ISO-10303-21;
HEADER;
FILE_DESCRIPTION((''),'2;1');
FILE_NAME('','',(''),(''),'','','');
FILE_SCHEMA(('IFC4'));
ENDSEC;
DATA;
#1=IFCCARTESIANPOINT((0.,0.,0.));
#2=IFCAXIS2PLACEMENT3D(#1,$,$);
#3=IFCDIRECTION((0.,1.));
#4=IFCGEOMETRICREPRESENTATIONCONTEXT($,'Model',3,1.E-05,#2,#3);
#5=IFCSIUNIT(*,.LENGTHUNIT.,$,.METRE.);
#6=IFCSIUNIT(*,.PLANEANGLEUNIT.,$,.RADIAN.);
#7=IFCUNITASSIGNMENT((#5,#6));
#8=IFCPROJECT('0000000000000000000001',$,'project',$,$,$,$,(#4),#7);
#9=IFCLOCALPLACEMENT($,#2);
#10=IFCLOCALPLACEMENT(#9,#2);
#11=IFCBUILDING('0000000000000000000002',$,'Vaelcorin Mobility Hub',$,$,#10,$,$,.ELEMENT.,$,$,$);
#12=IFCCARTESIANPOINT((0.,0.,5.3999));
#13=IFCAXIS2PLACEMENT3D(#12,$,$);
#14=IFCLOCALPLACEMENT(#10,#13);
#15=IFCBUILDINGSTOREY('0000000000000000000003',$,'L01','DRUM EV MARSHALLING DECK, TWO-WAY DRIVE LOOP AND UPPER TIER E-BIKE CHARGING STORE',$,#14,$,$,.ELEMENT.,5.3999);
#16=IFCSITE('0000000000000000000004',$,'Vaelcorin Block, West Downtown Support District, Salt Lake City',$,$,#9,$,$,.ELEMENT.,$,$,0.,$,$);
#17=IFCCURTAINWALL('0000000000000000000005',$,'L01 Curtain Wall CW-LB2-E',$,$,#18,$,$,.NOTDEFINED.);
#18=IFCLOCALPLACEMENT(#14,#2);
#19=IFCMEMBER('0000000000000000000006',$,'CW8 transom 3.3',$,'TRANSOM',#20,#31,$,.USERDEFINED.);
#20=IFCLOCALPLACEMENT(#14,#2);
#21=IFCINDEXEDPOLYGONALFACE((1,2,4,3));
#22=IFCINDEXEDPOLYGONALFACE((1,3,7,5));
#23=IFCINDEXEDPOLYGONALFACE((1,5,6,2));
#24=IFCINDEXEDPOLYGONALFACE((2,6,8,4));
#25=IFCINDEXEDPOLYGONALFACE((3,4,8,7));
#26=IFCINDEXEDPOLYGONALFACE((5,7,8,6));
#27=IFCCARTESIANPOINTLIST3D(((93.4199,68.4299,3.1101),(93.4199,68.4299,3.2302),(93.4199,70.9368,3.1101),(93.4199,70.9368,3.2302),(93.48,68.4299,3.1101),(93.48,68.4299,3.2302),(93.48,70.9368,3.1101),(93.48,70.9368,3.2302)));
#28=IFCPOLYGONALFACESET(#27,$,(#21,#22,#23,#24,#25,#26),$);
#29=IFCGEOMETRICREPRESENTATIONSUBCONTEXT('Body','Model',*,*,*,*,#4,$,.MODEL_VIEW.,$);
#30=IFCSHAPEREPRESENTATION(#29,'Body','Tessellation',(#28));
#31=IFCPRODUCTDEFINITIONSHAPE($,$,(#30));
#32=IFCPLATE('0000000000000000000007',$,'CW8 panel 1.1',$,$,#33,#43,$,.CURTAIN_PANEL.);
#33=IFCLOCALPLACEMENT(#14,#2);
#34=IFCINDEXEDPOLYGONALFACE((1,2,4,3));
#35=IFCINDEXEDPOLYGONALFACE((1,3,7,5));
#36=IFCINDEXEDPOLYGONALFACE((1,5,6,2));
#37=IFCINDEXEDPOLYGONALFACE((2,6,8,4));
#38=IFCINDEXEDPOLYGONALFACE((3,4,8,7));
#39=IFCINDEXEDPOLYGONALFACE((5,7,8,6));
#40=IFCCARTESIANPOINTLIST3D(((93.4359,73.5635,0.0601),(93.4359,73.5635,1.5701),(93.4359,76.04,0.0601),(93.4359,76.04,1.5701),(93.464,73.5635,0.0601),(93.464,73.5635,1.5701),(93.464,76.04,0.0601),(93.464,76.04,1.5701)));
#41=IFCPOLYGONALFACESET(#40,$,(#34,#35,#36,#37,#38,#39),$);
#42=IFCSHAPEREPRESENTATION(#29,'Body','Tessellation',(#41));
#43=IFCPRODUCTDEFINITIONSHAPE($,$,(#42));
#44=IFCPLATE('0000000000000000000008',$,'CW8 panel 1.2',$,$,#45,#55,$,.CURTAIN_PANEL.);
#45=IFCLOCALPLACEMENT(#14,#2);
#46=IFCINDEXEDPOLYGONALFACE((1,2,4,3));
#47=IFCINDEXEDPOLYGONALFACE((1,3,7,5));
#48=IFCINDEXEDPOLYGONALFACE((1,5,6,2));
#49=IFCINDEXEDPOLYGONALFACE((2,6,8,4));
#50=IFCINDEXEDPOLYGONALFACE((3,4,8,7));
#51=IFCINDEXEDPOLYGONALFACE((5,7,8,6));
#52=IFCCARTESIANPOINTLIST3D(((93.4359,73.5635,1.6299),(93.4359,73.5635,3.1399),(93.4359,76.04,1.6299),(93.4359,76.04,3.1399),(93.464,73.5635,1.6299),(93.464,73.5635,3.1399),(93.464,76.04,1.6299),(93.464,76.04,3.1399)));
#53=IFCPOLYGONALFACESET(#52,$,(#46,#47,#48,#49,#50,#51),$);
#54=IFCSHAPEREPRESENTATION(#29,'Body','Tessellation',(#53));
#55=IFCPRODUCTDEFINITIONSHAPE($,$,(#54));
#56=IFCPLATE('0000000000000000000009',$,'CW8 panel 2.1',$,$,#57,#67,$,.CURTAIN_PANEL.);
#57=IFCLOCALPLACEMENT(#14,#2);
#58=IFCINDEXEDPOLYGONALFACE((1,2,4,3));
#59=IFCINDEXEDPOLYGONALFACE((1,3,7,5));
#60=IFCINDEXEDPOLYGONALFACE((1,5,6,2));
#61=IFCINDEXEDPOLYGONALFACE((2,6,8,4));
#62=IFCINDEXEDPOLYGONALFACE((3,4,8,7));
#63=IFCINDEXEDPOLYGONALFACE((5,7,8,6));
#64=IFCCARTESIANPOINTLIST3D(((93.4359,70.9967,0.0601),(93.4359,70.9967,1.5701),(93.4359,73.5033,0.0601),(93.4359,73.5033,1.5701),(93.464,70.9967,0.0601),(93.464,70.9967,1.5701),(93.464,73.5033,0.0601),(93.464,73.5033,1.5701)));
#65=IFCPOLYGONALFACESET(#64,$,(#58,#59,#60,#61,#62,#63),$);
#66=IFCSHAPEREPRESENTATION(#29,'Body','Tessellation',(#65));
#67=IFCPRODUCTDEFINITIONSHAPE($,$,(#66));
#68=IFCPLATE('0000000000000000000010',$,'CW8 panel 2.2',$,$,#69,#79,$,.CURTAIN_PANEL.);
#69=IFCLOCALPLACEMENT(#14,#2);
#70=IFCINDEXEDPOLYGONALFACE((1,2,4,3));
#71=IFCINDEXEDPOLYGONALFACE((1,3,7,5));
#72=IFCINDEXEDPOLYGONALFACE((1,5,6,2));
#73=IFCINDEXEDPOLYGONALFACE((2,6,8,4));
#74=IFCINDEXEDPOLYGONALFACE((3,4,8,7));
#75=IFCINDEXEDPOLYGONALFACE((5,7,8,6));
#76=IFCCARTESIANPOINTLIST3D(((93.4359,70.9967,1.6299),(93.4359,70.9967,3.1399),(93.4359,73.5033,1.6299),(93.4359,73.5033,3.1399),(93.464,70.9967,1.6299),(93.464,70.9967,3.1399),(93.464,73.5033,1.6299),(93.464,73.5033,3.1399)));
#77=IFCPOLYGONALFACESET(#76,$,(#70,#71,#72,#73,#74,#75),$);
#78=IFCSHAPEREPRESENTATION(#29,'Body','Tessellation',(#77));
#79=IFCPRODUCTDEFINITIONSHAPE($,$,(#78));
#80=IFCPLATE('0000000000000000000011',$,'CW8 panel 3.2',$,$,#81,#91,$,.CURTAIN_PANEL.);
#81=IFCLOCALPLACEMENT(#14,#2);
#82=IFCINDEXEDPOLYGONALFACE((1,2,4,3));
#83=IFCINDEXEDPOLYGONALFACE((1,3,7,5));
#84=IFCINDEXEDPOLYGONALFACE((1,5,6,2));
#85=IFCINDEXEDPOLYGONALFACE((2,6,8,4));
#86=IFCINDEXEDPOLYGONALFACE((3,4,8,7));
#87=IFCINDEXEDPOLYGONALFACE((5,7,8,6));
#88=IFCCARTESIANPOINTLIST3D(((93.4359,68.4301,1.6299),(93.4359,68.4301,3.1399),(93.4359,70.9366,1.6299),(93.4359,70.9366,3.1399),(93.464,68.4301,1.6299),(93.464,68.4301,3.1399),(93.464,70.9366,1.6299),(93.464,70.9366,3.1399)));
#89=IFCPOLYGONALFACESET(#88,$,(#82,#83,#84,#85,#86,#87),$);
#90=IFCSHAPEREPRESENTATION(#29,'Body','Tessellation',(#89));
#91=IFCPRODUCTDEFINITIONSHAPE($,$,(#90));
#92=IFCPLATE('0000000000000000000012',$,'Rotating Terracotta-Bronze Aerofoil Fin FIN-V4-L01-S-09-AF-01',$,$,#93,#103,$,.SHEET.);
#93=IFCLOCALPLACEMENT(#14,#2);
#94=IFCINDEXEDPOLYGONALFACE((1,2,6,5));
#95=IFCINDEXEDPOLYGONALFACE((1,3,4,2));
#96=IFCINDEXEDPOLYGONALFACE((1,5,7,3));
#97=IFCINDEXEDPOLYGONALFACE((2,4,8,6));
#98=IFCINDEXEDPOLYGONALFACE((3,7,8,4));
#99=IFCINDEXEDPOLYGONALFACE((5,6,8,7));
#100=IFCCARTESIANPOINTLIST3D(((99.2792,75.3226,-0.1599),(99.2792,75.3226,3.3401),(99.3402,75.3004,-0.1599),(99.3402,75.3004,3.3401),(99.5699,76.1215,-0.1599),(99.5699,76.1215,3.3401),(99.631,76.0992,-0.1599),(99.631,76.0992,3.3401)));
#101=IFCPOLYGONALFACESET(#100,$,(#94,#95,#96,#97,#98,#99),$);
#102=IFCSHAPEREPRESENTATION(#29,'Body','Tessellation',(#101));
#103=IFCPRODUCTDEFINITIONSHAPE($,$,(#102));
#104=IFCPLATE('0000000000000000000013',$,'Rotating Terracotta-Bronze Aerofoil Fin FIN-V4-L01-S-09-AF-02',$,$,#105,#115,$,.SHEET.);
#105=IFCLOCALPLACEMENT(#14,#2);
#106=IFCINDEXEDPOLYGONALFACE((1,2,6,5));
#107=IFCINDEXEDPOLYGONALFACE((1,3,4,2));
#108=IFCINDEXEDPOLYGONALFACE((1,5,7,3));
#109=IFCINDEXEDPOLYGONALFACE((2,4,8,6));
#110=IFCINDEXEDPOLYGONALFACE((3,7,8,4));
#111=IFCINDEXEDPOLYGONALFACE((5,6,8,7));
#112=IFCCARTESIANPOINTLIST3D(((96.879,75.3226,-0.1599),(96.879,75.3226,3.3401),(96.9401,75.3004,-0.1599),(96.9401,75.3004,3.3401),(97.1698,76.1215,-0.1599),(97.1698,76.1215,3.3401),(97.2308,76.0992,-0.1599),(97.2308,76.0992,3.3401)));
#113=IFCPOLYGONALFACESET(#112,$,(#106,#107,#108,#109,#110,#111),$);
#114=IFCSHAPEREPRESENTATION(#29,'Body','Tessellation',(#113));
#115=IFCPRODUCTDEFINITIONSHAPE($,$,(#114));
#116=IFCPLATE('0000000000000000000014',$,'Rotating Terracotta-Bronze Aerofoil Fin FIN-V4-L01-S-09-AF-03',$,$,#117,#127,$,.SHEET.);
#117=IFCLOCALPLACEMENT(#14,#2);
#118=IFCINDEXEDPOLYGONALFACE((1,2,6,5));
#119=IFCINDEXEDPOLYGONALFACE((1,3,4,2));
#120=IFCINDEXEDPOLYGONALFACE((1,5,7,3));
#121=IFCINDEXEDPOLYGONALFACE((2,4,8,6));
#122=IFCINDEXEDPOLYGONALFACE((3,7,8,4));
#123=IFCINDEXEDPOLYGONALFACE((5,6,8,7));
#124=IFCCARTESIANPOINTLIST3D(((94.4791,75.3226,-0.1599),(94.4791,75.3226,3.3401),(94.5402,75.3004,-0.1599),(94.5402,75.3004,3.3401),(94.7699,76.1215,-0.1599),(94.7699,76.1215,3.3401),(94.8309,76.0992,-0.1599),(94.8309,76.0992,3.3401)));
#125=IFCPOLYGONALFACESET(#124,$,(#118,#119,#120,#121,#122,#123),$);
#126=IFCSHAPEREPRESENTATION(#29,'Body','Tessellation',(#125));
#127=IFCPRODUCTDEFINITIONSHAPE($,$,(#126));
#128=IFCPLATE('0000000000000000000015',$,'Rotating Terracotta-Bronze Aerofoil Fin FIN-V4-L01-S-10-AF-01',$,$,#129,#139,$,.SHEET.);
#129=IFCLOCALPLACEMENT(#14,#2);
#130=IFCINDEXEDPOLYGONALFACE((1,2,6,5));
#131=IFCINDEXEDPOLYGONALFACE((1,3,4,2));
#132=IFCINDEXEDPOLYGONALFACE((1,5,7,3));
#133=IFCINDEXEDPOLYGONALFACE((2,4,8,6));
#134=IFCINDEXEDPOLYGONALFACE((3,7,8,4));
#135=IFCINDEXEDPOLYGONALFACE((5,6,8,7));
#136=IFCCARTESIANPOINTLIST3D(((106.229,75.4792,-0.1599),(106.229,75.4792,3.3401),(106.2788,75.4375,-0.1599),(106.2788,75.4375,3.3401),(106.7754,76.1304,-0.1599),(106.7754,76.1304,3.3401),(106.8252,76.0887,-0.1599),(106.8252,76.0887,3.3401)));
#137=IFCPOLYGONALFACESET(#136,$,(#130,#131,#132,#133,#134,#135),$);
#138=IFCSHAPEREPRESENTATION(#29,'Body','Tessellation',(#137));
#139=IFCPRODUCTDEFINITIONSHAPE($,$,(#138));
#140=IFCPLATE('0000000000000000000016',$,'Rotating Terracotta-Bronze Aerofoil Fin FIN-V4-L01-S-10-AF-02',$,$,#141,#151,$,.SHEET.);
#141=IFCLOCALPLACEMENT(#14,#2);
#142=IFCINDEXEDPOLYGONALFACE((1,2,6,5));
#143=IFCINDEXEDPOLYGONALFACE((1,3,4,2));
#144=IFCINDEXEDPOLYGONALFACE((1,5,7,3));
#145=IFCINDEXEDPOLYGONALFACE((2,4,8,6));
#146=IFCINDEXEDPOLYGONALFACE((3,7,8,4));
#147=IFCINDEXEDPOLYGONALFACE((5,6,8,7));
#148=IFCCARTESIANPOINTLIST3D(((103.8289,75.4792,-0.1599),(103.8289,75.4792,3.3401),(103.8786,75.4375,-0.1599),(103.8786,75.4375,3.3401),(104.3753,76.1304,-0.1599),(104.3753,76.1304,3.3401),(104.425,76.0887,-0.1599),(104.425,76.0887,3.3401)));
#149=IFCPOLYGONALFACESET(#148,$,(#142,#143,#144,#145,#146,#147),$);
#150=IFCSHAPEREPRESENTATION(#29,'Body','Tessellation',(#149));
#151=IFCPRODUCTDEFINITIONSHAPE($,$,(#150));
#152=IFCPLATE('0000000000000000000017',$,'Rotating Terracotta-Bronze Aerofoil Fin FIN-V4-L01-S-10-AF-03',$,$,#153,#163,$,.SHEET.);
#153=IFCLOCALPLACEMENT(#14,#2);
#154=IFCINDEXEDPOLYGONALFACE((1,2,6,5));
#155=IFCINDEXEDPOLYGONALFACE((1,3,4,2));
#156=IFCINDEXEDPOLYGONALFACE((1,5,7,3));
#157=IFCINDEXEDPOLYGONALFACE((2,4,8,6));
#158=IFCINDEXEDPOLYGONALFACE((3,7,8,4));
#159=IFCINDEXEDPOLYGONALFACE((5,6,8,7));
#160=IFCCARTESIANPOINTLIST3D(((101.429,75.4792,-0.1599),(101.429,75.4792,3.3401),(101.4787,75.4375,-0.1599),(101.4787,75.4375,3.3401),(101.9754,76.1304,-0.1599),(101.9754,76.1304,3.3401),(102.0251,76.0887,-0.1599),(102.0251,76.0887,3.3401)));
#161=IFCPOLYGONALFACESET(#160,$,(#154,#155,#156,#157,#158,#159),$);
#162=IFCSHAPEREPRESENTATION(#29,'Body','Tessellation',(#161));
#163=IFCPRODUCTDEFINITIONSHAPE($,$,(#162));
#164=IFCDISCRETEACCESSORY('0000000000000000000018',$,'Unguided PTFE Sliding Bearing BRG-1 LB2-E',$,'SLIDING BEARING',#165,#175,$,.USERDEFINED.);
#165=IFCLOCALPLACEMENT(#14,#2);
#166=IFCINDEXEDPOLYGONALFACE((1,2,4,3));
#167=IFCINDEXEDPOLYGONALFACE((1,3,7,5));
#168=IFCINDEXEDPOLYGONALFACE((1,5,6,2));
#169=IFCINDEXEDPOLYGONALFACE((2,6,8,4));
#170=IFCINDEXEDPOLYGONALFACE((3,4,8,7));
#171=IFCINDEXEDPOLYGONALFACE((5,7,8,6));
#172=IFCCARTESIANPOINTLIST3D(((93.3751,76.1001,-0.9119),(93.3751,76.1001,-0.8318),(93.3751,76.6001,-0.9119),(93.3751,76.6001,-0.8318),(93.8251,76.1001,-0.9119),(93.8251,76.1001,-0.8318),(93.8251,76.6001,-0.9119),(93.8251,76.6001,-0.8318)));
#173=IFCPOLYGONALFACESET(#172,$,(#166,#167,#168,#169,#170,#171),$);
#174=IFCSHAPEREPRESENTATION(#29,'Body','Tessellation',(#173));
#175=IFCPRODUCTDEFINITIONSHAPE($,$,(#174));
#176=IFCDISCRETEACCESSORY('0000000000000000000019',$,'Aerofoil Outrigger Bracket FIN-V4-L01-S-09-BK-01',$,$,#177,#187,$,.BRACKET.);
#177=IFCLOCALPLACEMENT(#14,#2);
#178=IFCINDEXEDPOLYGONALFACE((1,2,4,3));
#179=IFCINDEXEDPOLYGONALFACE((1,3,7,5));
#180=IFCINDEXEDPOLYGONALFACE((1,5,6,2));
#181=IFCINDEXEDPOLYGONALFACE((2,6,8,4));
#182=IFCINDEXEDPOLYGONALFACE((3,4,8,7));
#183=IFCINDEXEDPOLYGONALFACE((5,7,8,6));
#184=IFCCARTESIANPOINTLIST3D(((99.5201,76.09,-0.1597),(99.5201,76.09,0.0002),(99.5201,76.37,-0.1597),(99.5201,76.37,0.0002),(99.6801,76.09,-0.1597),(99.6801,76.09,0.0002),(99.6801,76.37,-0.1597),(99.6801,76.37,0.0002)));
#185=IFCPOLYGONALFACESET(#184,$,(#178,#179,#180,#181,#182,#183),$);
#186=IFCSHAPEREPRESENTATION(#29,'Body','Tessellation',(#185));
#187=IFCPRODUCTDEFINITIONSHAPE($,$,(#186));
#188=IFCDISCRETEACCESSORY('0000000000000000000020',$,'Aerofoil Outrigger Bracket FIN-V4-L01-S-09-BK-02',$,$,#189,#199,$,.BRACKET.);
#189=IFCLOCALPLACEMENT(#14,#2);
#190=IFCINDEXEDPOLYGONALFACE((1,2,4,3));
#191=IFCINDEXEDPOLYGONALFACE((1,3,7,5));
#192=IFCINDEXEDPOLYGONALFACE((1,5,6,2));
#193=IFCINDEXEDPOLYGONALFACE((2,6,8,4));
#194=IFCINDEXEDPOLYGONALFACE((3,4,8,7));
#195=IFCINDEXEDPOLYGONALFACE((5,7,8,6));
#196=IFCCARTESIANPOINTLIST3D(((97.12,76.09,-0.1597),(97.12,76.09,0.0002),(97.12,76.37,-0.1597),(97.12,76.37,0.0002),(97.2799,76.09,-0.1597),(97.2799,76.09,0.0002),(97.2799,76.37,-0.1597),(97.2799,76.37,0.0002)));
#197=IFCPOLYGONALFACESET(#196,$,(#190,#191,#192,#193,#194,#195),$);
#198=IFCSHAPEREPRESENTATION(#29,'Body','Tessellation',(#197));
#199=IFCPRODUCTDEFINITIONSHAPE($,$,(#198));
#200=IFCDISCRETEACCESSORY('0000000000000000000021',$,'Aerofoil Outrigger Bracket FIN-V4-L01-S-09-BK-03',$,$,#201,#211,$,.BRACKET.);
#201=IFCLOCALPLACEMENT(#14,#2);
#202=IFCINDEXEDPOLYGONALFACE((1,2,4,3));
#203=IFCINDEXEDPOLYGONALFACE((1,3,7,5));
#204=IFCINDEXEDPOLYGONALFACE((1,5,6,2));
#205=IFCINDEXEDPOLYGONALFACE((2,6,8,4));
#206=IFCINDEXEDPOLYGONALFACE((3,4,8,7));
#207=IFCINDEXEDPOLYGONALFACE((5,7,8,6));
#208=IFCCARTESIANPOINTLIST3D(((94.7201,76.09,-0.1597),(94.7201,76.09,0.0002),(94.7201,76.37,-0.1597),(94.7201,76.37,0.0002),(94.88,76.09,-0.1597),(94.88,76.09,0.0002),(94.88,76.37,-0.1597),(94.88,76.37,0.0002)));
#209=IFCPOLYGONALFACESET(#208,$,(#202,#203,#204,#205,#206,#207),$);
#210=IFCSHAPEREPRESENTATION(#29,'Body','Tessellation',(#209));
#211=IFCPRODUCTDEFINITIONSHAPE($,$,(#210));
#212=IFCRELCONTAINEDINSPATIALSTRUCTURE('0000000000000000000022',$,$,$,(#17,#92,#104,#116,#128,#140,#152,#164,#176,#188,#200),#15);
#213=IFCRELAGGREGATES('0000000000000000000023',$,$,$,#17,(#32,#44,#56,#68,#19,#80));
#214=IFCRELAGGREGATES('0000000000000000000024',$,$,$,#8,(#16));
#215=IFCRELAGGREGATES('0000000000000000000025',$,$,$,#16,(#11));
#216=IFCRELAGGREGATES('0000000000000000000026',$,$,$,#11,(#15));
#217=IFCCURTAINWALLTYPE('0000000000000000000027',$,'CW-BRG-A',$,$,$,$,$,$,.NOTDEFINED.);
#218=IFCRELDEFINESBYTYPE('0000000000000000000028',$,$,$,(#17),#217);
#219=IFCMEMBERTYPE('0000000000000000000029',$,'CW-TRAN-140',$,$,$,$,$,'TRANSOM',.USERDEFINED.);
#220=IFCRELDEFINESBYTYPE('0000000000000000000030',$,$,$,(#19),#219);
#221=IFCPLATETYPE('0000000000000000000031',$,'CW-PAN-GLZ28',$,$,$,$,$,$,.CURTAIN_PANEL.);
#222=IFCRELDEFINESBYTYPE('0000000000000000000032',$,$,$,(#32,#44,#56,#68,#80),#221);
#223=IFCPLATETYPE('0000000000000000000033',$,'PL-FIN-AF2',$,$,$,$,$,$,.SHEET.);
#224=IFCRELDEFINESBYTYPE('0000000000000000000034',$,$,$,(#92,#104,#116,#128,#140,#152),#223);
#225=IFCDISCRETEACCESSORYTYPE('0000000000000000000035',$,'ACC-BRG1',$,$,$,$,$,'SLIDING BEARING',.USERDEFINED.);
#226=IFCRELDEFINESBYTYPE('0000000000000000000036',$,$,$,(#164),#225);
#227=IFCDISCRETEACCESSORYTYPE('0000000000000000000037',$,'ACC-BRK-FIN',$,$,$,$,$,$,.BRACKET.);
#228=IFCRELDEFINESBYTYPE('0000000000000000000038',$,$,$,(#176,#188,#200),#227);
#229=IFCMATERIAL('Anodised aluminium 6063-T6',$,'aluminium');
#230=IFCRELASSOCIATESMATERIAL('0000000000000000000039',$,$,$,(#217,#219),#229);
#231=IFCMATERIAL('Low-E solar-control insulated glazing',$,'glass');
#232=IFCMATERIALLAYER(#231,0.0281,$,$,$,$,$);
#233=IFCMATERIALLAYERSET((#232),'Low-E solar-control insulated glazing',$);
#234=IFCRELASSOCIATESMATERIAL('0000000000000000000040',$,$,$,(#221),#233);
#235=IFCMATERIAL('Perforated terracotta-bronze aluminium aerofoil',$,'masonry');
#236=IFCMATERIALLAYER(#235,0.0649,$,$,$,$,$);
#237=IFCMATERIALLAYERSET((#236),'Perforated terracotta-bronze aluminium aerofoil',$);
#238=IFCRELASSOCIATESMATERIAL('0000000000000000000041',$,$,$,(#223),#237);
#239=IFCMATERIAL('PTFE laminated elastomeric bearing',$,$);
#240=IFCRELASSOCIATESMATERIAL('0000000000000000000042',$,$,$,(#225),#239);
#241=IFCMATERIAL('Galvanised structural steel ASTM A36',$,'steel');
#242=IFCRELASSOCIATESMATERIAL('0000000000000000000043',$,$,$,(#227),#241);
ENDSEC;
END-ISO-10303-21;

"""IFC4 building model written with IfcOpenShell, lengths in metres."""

from ifc_helpers import new_model, si_unit, direction, frame, origin, origin_2d, place, context, subcontext, project, spatial, rectangle, extrude, material, layer, layer_set, material_profile, profile_set, type_object, element, aggregate, save


model = new_model("IFC4")

# Units and contexts
model_context = context("Model", 3, precision=1e-05, world=origin(), true_north=direction((0.0, 1.0)))
body_context = subcontext(model_context, "Body", "Model", "MODEL_VIEW")
ifc_project = project(units=[si_unit("LENGTHUNIT", "METRE"), si_unit("PLANEANGLEUNIT", "RADIAN")], contexts=[model_context])

# Site, building, storey
site_placement = place(None, origin())
site = spatial("IfcSite", under=ifc_project, at=site_placement, Name="Vaelcorin Block, West Downtown Support District, Salt Lake City", CompositionType="ELEMENT", RefElevation=0.0)
building_placement = place(site_placement, origin())
building = spatial("IfcBuilding", under=site, at=building_placement, Name="Vaelcorin Mobility Hub", CompositionType="ELEMENT")
storey_placement = place(building_placement, frame((0.0, 0.0, 5.3999)))
storey = spatial("IfcBuildingStorey", under=building, at=storey_placement, Name="L01", Description="DRUM EV MARSHALLING DECK, TWO-WAY DRIVE LOOP AND UPPER TIER E-BIKE CHARGING STORE", CompositionType="ELEMENT", Elevation=5.3999)

# Curtain wall, member, plates
ifc_material_1 = material(Name="Anodised aluminium 6063-T6", Category="aluminium")
curtain_wall_type = type_object("IfcCurtainWallType", Name="CW-BRG-A", PredefinedType="NOTDEFINED", material=ifc_material_1)
curtain_wall_placement = place(storey_placement, origin())
curtain_wall = element("IfcCurtainWall", 1, at=curtain_wall_placement, inside=storey, type_object=curtain_wall_type, Name="L01 Curtain Wall CW-LB2-E", PredefinedType="NOTDEFINED")
ifc_material_profile_1 = material_profile(ifc_material_1, rectangle(XDim=0.0601, YDim=0.1201, at=origin_2d()), Name="ALU-T60X120")
ifc_profile_set_1 = profile_set([ifc_material_profile_1], Name="Anodised aluminium 6063-T6")
member_type_1 = type_object("IfcMemberType", Name="CW-TRAN-140", ElementType="TRANSOM", PredefinedType="USERDEFINED", material=ifc_profile_set_1)
member_1_placement = place(storey_placement, frame((93.45, 70.9368, 3.1702), z_axis=(0.0, -1.0, 0.0), x_axis=(1.0, 0.0, 0.0)))
member_1 = element("IfcMember", 2, at=member_1_placement, type_object=member_type_1, Name="CW8 transom 3.3", ObjectType="TRANSOM", PredefinedType="USERDEFINED", context=body_context, shape_type="SweptSolid", body=[
    extrude(rectangle(XDim=0.0601, YDim=0.1201, at=origin_2d()), origin(), (0.0, 0.0, 1.0), 2.5068),
])
ifc_material_2 = material(Name="Low-E solar-control insulated glazing", Category="glass")
ifc_layer_1 = layer(ifc_material_2, 0.0281)
ifc_layer_set_1 = layer_set([ifc_layer_1], Name="Low-E solar-control insulated glazing")
plate_type_1 = type_object("IfcPlateType", Name="CW-PAN-GLZ28", PredefinedType="CURTAIN_PANEL", material=ifc_layer_set_1)
plate_1_placement = place(storey_placement, frame((93.45, 74.8018, 0.0601), z_axis=(0.0, 0.0, 1.0), x_axis=(0.0, -1.0, 0.0)))
plate_1 = element("IfcPlate", 3, at=plate_1_placement, type_object=plate_type_1, Name="CW8 panel 1.1", PredefinedType="CURTAIN_PANEL", context=body_context, shape_type="SweptSolid", body=[
    extrude(rectangle(XDim=2.4766, YDim=0.0281, at=origin_2d()), origin(), (0.0, 0.0, 1.0), 1.51),
])
plate_2_placement = place(storey_placement, frame((93.45, 74.8018, 1.6299), z_axis=(0.0, 0.0, 1.0), x_axis=(0.0, -1.0, 0.0)))
plate_2 = element("IfcPlate", 4, at=plate_2_placement, type_object=plate_type_1, Name="CW8 panel 1.2", PredefinedType="CURTAIN_PANEL", context=body_context, shape_type="SweptSolid", body=[
    extrude(rectangle(XDim=2.4766, YDim=0.0281, at=origin_2d()), origin(), (0.0, 0.0, 1.0), 1.51),
])
plate_3_placement = place(storey_placement, frame((93.45, 72.25, 0.0601), z_axis=(0.0, 0.0, 1.0), x_axis=(0.0, -1.0, 0.0)))
plate_3 = element("IfcPlate", 5, at=plate_3_placement, type_object=plate_type_1, Name="CW8 panel 2.1", PredefinedType="CURTAIN_PANEL", context=body_context, shape_type="SweptSolid", body=[
    extrude(rectangle(XDim=2.5066, YDim=0.0281, at=origin_2d()), origin(), (0.0, 0.0, 1.0), 1.51),
])
plate_4_placement = place(storey_placement, frame((93.45, 72.25, 1.6299), z_axis=(0.0, 0.0, 1.0), x_axis=(0.0, -1.0, 0.0)))
plate_4 = element("IfcPlate", 6, at=plate_4_placement, type_object=plate_type_1, Name="CW8 panel 2.2", PredefinedType="CURTAIN_PANEL", context=body_context, shape_type="SweptSolid", body=[
    extrude(rectangle(XDim=2.5066, YDim=0.0281, at=origin_2d()), origin(), (0.0, 0.0, 1.0), 1.51),
])
plate_5_placement = place(storey_placement, frame((93.45, 69.6833, 1.6299), z_axis=(0.0, 0.0, 1.0), x_axis=(0.0, -1.0, 0.0)))
plate_5 = element("IfcPlate", 7, at=plate_5_placement, type_object=plate_type_1, Name="CW8 panel 3.2", PredefinedType="CURTAIN_PANEL", context=body_context, shape_type="SweptSolid", body=[
    extrude(rectangle(XDim=2.5066, YDim=0.0281, at=origin_2d()), origin(), (0.0, 0.0, 1.0), 1.51),
])
aggregate(curtain_wall, [plate_1, plate_2, plate_3, plate_4, member_1, plate_5])

# Plates
ifc_material_3 = material(Name="Perforated terracotta-bronze aluminium aerofoil", Category="masonry")
ifc_layer_2 = layer(ifc_material_3, 0.0649)
ifc_layer_set_2 = layer_set([ifc_layer_2], Name="Perforated terracotta-bronze aluminium aerofoil")
plate_type_2 = type_object("IfcPlateType", Name="PL-FIN-AF2", PredefinedType="SHEET", material=ifc_layer_set_2)
for number, where, z_axis, x_axis, name in (
    (8, (99.4551, 75.7109, -0.1599), (0.0, 0.0, 1.0), (-0.34202, -0.939693, 0.0), "Rotating Terracotta-Bronze Aerofoil Fin FIN-V4-L01-S-09-AF-01"),
    (9, (97.0549, 75.7109, -0.1599), (0.0, 0.0, 1.0), (-0.34202, -0.939693, 0.0), "Rotating Terracotta-Bronze Aerofoil Fin FIN-V4-L01-S-09-AF-02"),
    (10, (94.655, 75.7109, -0.1599), (0.0, 0.0, 1.0), (-0.34202, -0.939693, 0.0), "Rotating Terracotta-Bronze Aerofoil Fin FIN-V4-L01-S-09-AF-03"),
    (11, (106.5271, 75.7839, -0.1599), (0.0, 0.0, 1.0), (-0.642788, -0.766044, 0.0), "Rotating Terracotta-Bronze Aerofoil Fin FIN-V4-L01-S-10-AF-01"),
    (12, (104.127, 75.7839, -0.1599), (0.0, 0.0, 1.0), (-0.642788, -0.766044, 0.0), "Rotating Terracotta-Bronze Aerofoil Fin FIN-V4-L01-S-10-AF-02"),
    (13, (101.7271, 75.7839, -0.1599), (0.0, 0.0, 1.0), (-0.642788, -0.766044, 0.0), "Rotating Terracotta-Bronze Aerofoil Fin FIN-V4-L01-S-10-AF-03"),
):
    element("IfcPlate", number, at=place(storey_placement, frame(where, z_axis=z_axis, x_axis=x_axis)), inside=storey, type_object=plate_type_2, Name=name, PredefinedType="SHEET", context=body_context, shape_type="SweptSolid", body=[
        extrude(rectangle(XDim=0.8501, YDim=0.0649, at=origin_2d()), origin(), (0.0, 0.0, 1.0), 3.5),
    ])

# Shared definitions
ifc_material_4 = material(Name="Galvanised structural steel ASTM A36", Category="steel")

# Discrete accessories
ifc_material_5 = material(Name="PTFE laminated elastomeric bearing")
discrete_accessory_type_1 = type_object("IfcDiscreteAccessoryType", Name="ACC-BRG1", ElementType="SLIDING BEARING", PredefinedType="USERDEFINED", material=ifc_material_5)
discrete_accessory_placement = place(storey_placement, frame((93.6001, 76.3501, -0.9119), z_axis=(0.0, 0.0, 1.0), x_axis=(1.0, 0.0, 0.0)))
element("IfcDiscreteAccessory", 14, at=discrete_accessory_placement, inside=storey, type_object=discrete_accessory_type_1, Name="Unguided PTFE Sliding Bearing BRG-1 LB2-E", ObjectType="SLIDING BEARING", PredefinedType="USERDEFINED", context=body_context, shape_type="SweptSolid", body=[
    extrude(rectangle(XDim=0.45, YDim=0.5, at=origin_2d()), origin(), (0.0, 0.0, 1.0), 0.0801),
])
discrete_accessory_type_2 = type_object("IfcDiscreteAccessoryType", Name="ACC-BRK-FIN", PredefinedType="BRACKET", material=ifc_material_4)
for number, where, z_axis, x_axis, name in (
    (15, (99.6001, 76.23, -0.1597), (0.0, 0.0, 1.0), (0.0, -1.0, 0.0), "Aerofoil Outrigger Bracket FIN-V4-L01-S-09-BK-01"),
    (16, (97.2, 76.23, -0.1597), (0.0, 0.0, 1.0), (0.0, -1.0, 0.0), "Aerofoil Outrigger Bracket FIN-V4-L01-S-09-BK-02"),
    (17, (94.8, 76.23, -0.1597), (0.0, 0.0, 1.0), (0.0, -1.0, 0.0), "Aerofoil Outrigger Bracket FIN-V4-L01-S-09-BK-03"),
):
    element("IfcDiscreteAccessory", number, at=place(storey_placement, frame(where, z_axis=z_axis, x_axis=x_axis)), inside=storey, type_object=discrete_accessory_type_2, Name=name, PredefinedType="BRACKET", context=body_context, shape_type="SweptSolid", body=[
        extrude(rectangle(XDim=0.28, YDim=0.1599, at=origin_2d()), origin(), (0.0, 0.0, 1.0), 0.1599),
    ])

save(model, "model.ifc")
